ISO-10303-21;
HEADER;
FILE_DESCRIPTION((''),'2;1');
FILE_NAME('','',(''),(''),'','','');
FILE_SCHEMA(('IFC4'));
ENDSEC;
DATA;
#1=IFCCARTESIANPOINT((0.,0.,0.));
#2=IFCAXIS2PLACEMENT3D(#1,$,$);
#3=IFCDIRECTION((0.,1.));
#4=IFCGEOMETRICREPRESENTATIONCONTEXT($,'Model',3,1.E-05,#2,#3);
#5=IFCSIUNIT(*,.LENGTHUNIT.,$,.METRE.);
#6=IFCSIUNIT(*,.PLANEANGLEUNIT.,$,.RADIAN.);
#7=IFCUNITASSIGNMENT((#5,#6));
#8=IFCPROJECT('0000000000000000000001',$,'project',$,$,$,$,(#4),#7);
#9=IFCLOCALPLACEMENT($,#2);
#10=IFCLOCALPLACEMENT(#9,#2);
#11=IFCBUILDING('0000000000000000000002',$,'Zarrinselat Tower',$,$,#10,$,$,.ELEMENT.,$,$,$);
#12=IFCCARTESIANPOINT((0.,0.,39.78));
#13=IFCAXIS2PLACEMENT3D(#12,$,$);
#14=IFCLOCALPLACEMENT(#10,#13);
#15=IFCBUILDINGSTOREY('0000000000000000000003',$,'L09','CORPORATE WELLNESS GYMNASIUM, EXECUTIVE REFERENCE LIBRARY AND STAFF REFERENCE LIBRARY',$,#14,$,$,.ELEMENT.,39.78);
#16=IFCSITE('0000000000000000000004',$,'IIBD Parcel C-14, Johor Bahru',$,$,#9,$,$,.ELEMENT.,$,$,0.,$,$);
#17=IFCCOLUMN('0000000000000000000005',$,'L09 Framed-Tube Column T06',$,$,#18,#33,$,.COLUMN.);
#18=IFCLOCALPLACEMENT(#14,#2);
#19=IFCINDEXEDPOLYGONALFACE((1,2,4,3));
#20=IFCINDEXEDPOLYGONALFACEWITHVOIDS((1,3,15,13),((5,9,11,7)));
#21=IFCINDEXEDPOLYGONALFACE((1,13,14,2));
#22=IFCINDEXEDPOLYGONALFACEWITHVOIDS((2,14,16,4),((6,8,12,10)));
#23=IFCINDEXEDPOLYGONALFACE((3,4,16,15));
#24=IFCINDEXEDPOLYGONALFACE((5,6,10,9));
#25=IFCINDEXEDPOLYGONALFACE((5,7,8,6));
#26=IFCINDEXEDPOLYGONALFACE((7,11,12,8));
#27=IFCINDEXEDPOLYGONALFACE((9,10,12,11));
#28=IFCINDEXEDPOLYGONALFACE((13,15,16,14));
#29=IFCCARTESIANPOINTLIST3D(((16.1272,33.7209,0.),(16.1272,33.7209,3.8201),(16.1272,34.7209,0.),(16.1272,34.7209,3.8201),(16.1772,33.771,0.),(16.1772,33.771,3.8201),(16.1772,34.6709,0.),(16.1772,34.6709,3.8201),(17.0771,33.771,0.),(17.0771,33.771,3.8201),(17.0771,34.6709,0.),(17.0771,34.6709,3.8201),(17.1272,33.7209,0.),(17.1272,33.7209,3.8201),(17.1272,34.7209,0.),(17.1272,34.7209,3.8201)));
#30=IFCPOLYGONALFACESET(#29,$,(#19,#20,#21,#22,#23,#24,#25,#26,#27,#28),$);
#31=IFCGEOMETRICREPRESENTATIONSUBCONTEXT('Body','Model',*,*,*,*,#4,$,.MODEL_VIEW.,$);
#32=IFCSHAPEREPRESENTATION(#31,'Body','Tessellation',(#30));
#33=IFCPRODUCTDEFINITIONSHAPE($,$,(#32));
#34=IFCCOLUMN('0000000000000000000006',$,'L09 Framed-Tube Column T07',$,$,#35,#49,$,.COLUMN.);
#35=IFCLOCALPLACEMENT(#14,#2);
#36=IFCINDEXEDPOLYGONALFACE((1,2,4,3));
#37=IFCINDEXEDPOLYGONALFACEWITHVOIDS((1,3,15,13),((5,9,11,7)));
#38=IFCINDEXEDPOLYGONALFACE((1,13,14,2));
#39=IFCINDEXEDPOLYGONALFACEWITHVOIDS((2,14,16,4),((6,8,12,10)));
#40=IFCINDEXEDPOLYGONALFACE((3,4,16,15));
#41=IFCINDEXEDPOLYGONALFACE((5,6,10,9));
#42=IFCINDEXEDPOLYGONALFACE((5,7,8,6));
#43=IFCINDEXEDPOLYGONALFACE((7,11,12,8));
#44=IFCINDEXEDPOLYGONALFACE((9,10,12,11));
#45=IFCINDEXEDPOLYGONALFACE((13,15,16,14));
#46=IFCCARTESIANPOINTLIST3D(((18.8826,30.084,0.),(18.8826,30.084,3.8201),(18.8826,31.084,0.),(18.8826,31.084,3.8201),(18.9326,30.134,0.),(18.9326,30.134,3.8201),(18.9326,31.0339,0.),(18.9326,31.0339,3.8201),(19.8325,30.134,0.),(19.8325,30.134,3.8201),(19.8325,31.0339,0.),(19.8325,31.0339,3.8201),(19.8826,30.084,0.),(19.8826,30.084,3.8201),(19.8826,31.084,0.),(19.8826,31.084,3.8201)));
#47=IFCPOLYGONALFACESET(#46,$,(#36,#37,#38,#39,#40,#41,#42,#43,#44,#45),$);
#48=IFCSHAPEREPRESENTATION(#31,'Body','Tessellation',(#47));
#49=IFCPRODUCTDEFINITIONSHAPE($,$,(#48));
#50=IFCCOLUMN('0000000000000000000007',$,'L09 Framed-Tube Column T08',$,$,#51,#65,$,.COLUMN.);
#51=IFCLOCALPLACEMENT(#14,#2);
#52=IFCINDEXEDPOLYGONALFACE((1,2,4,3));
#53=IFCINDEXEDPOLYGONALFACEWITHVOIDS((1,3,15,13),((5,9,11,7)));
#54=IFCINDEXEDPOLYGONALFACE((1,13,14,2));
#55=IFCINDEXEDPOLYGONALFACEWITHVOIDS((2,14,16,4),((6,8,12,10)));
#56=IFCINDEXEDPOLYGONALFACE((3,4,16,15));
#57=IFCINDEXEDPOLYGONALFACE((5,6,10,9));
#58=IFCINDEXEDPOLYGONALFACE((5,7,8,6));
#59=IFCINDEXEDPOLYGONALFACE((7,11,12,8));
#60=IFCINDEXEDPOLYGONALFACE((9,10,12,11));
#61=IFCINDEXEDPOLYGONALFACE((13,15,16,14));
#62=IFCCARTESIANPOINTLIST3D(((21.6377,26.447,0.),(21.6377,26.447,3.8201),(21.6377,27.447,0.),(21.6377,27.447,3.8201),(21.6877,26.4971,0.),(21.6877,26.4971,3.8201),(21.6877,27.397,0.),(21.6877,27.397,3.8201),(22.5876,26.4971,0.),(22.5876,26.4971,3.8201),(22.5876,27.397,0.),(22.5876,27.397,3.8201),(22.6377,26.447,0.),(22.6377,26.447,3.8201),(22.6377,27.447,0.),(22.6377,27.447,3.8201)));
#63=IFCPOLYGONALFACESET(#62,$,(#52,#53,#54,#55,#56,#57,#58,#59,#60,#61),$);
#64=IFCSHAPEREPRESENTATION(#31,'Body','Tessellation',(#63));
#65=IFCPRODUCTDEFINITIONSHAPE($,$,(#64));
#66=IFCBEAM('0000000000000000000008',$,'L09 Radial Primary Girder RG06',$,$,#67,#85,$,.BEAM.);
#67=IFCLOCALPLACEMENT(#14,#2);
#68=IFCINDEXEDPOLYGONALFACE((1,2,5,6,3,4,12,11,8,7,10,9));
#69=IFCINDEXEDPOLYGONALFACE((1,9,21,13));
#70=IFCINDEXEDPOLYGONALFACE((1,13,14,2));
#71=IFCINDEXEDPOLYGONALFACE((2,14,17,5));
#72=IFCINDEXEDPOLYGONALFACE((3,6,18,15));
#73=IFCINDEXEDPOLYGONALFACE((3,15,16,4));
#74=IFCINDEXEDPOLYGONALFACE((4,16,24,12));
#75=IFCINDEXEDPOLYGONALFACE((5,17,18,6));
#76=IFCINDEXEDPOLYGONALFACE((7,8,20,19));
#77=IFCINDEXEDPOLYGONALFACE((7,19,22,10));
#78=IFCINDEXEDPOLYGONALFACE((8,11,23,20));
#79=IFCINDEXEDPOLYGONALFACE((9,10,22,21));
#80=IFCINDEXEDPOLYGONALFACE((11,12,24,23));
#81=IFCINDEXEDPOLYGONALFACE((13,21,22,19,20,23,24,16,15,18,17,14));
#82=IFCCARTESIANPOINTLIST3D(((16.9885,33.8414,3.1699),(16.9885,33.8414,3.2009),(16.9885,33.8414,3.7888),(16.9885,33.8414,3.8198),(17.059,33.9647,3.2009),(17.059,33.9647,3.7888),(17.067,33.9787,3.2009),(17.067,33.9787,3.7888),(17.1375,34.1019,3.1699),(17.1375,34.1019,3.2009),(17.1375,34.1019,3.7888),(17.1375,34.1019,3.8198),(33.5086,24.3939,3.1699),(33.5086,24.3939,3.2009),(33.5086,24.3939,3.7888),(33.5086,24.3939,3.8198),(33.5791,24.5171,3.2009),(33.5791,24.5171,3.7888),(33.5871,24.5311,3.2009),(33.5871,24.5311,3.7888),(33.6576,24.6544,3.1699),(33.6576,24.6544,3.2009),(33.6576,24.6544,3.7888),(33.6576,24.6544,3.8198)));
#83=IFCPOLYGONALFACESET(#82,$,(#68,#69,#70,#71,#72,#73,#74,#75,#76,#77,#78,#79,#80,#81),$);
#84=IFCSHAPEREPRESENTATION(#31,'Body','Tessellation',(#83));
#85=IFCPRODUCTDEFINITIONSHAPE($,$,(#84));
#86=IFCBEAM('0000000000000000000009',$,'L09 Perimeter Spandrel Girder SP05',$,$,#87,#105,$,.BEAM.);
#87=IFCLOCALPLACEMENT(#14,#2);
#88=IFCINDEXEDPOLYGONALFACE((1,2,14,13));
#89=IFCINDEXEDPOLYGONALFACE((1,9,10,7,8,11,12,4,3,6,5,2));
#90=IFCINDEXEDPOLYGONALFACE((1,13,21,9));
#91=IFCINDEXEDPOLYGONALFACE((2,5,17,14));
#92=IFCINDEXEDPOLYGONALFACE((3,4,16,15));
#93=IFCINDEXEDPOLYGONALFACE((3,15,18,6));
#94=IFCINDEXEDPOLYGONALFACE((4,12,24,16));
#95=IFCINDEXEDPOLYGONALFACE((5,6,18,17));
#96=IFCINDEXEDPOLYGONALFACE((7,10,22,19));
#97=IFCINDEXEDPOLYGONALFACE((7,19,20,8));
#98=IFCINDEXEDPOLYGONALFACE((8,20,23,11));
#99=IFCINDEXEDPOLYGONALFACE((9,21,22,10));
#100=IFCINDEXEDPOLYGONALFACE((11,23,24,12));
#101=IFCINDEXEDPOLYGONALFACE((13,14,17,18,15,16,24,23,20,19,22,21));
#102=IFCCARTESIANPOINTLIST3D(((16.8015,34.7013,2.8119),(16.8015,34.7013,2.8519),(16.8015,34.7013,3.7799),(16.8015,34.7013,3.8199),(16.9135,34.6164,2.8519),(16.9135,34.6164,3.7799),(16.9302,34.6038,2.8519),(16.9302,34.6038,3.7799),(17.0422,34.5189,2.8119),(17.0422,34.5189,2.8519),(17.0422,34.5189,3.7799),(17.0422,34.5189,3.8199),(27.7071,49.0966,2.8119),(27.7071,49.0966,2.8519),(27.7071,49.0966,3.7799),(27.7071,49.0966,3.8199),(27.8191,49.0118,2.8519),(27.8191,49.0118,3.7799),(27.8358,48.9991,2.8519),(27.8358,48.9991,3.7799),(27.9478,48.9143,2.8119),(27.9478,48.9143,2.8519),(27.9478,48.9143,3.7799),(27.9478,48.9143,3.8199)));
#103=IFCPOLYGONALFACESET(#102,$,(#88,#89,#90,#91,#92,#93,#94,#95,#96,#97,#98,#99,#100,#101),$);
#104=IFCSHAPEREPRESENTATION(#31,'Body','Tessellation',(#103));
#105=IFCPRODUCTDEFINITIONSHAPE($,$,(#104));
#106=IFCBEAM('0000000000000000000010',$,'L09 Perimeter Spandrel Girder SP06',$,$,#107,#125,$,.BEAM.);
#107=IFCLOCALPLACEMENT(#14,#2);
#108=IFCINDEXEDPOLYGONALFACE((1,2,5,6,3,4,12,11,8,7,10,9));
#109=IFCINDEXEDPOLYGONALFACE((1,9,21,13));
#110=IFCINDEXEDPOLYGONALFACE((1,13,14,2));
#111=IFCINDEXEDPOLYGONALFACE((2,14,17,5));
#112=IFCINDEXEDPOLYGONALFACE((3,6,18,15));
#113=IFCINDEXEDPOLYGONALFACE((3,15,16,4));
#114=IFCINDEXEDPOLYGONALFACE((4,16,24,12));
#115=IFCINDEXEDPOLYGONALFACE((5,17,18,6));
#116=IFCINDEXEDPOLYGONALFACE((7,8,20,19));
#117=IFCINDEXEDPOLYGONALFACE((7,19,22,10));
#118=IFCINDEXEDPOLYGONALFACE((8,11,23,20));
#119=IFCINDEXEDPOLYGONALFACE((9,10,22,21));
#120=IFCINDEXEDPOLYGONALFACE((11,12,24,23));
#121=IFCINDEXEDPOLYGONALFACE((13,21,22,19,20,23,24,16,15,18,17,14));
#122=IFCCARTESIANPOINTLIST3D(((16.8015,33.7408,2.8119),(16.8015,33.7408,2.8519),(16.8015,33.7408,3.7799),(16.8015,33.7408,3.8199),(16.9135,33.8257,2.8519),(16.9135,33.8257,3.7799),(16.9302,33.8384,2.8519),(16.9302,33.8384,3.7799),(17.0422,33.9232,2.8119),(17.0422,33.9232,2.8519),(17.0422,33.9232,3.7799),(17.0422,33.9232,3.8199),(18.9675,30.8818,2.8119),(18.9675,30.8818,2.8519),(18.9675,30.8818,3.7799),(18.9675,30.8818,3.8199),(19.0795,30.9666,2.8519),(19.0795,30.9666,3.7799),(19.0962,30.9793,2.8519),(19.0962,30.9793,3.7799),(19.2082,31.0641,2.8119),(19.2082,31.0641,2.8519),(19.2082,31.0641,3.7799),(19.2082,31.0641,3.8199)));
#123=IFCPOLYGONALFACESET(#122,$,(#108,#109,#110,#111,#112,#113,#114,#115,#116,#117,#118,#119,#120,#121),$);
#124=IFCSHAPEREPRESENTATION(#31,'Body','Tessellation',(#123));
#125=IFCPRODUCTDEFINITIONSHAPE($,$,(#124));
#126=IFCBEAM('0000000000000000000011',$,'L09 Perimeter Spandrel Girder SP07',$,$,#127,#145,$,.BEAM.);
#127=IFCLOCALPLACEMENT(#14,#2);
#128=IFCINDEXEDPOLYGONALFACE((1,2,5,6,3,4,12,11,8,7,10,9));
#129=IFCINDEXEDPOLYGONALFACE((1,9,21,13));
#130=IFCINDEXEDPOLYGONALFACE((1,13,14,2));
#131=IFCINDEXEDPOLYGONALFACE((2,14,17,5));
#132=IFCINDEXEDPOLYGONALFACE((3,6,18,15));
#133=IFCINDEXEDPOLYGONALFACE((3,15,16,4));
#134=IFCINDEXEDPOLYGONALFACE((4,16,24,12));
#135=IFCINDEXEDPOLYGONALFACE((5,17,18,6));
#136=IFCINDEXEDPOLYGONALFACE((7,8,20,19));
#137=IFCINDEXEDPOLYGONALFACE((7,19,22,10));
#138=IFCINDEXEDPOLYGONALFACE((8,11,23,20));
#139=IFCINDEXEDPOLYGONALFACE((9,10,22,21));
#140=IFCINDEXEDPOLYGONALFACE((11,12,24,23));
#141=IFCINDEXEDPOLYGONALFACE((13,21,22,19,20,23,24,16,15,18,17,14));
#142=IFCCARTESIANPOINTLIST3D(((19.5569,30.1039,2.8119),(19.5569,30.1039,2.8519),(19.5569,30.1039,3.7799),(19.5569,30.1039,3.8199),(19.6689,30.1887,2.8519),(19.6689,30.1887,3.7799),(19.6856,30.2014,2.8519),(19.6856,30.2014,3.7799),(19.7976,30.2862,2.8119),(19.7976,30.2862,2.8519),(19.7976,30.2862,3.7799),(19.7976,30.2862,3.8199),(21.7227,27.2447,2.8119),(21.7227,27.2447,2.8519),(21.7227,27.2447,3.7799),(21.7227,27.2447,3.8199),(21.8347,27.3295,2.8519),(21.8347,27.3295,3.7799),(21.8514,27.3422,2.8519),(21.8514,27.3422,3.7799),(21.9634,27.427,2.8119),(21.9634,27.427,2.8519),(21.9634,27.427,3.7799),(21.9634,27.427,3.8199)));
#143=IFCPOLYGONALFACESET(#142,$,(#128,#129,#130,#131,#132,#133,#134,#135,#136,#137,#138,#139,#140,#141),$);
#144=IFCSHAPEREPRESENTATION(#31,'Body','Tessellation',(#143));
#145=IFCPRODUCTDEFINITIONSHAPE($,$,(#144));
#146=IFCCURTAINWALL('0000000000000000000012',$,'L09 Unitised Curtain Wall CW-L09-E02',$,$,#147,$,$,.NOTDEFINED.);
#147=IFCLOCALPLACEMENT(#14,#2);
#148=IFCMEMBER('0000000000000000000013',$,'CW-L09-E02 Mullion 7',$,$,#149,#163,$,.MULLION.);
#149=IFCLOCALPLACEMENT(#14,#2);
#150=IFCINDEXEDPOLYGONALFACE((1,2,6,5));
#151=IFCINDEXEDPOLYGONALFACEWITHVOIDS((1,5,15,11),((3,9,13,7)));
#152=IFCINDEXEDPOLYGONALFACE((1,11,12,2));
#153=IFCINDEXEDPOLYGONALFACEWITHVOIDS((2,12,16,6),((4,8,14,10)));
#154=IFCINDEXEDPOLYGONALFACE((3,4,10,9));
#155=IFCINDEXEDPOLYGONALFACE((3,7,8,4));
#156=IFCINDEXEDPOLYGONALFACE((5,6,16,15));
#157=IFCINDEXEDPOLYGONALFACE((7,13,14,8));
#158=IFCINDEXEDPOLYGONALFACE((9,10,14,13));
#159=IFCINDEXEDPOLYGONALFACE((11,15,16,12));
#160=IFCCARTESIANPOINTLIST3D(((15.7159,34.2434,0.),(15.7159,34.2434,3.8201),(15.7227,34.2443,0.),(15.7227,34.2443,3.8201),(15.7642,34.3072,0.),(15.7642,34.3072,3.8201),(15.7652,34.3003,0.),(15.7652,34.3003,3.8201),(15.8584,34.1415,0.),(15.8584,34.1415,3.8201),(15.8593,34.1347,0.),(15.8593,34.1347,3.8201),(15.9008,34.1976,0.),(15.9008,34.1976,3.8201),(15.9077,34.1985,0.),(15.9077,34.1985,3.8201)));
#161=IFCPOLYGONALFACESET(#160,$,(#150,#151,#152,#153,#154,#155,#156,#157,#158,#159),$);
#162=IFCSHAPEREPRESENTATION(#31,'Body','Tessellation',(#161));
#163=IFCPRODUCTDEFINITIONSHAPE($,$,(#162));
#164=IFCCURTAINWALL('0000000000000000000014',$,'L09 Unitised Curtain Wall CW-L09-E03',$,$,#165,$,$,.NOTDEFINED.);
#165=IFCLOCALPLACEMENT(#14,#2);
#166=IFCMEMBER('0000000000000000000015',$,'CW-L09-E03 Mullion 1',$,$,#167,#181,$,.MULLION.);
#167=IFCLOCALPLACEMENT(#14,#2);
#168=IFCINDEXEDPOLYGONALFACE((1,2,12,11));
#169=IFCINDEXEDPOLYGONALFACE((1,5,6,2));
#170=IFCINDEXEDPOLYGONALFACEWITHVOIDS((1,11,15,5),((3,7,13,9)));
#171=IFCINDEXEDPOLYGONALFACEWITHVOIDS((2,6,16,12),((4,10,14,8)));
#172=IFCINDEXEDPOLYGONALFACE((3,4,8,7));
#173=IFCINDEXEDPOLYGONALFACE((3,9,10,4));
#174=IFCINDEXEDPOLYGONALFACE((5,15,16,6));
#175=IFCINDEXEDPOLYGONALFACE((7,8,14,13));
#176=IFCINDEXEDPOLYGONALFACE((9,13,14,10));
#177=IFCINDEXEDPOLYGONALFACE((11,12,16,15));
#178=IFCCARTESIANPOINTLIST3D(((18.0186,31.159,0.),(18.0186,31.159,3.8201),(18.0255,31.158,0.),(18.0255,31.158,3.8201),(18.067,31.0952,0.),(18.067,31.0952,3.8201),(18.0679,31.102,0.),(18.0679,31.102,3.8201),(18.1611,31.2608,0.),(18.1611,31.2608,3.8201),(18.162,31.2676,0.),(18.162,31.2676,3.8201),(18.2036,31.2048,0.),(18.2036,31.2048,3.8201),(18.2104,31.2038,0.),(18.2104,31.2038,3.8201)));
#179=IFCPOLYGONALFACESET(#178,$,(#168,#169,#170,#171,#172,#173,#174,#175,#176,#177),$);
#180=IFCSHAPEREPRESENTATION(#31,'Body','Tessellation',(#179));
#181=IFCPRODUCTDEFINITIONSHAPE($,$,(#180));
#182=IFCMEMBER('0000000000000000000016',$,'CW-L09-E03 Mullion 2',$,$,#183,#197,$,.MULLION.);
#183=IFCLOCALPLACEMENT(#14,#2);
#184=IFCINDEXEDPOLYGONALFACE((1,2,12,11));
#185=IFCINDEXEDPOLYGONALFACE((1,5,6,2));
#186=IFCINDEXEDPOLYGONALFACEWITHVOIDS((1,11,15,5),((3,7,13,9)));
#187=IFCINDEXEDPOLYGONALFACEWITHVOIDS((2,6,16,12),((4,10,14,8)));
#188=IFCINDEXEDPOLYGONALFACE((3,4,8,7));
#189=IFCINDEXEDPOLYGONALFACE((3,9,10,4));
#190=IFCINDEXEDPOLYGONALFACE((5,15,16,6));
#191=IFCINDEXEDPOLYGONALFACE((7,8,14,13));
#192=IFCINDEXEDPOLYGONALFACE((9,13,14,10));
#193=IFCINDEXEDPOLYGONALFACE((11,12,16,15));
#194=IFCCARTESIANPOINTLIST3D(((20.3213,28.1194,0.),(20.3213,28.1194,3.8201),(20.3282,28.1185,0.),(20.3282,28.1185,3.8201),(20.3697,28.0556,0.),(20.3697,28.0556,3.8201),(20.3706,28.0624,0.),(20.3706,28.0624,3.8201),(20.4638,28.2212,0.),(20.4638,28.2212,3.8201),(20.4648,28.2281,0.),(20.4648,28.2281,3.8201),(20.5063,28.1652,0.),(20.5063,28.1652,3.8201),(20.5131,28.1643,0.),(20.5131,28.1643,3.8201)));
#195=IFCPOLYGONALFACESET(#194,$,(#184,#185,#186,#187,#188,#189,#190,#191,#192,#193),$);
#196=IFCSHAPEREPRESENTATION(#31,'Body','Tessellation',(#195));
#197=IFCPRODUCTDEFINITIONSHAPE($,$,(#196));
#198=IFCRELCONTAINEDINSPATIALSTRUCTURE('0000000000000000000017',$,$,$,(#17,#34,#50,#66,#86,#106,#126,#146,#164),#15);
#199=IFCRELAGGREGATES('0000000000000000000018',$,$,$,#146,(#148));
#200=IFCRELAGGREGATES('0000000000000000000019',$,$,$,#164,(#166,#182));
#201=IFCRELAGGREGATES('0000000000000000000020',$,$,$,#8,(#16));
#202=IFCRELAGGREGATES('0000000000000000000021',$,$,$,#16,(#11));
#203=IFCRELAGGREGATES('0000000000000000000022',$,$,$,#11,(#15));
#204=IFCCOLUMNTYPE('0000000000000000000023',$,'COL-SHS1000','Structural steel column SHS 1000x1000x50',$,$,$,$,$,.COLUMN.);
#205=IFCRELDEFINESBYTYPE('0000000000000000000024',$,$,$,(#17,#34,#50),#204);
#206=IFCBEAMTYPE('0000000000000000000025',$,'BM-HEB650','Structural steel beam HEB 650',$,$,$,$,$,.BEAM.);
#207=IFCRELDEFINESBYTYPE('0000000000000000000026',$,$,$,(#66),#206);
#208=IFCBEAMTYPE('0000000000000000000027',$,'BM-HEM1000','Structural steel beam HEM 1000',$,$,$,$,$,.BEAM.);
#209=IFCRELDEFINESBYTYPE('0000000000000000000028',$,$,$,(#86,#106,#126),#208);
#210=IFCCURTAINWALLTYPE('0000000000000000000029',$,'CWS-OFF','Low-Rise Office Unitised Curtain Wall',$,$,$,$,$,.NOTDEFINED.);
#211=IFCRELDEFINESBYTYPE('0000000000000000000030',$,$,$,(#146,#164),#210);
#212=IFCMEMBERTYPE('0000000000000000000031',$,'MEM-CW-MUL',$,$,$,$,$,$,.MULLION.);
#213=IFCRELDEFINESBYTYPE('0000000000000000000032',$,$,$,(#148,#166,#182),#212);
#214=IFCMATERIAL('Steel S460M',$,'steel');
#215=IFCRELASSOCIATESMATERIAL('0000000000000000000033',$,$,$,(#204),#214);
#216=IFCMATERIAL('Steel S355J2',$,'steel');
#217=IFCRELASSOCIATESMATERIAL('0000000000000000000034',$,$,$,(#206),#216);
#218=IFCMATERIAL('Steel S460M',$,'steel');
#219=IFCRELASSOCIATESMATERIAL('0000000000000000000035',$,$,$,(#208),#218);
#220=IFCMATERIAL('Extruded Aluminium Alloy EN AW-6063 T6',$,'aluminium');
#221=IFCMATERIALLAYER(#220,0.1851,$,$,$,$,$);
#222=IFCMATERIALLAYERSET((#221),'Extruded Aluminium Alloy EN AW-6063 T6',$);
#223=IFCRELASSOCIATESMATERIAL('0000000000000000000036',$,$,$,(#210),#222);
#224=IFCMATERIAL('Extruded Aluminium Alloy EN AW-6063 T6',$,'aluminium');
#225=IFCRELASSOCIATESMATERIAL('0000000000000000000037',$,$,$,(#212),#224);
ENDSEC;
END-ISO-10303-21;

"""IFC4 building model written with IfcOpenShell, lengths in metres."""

from ifc_helpers import new_model, si_unit, direction, frame, origin, origin_2d, place, context, subcontext, project, spatial, hollow_rectangle, i_section, extrude, material, layer, layer_set, material_profile, profile_set, type_object, element, aggregate, save


model = new_model("IFC4")

# Units and contexts
model_context = context("Model", 3, precision=1e-05, world=origin(), true_north=direction((0.0, 1.0)))
body_context = subcontext(model_context, "Body", "Model", "MODEL_VIEW")
ifc_project = project(units=[si_unit("LENGTHUNIT", "METRE"), si_unit("PLANEANGLEUNIT", "RADIAN")], contexts=[model_context])

# Site, building, storey
site_placement = place(None, origin())
site = spatial("IfcSite", under=ifc_project, at=site_placement, Name="IIBD Parcel C-14, Johor Bahru", CompositionType="ELEMENT", RefElevation=0.0)
building_placement = place(site_placement, origin())
building = spatial("IfcBuilding", under=site, at=building_placement, Name="Zarrinselat Tower", CompositionType="ELEMENT")
storey_placement = place(building_placement, frame((0.0, 0.0, 39.78)))
storey = spatial("IfcBuildingStorey", under=building, at=storey_placement, Name="L09", Description="CORPORATE WELLNESS GYMNASIUM, EXECUTIVE REFERENCE LIBRARY AND STAFF REFERENCE LIBRARY", CompositionType="ELEMENT", Elevation=39.78)

# Columns
ifc_material_1 = material(Name="Steel S460M", Category="steel")
ifc_material_profile_1 = material_profile(ifc_material_1, hollow_rectangle(XDim=1.0, YDim=1.0, WallThickness=0.05, at=origin_2d()), Name="SHS 1000x1000x50")
ifc_profile_set_1 = profile_set([ifc_material_profile_1], Name="Steel S460M")
column_type = type_object("IfcColumnType", Name="COL-SHS1000", Description="Structural steel column SHS 1000x1000x50", PredefinedType="COLUMN", material=ifc_profile_set_1)
for number, where, z_axis, x_axis, name in (
    (1, (16.6272, 34.2209, 0.0), (0.0, 0.0, 1.0), (1.0, 0.0, 0.0), "L09 Framed-Tube Column T06"),
    (2, (19.3826, 30.584, 0.0), (0.0, 0.0, 1.0), (1.0, 0.0, 0.0), "L09 Framed-Tube Column T07"),
    (3, (22.1377, 26.947, 0.0), (0.0, 0.0, 1.0), (1.0, 0.0, 0.0), "L09 Framed-Tube Column T08"),
):
    element("IfcColumn", number, at=place(storey_placement, frame(where, z_axis=z_axis, x_axis=x_axis)), inside=storey, type_object=column_type, Name=name, PredefinedType="COLUMN", context=body_context, shape_type="SweptSolid", body=[
        extrude(hollow_rectangle(XDim=1.0, YDim=1.0, WallThickness=0.05, at=origin_2d()), origin(), (0.0, 0.0, 1.0), 3.8201),
    ])

# Beams
ifc_material_2 = material(Name="Steel S355J2", Category="steel")
ifc_material_profile_2 = material_profile(ifc_material_2, i_section(OverallWidth=0.3, OverallDepth=0.6499, WebThickness=0.0161, FlangeThickness=0.031, at=origin_2d()), Name="HEB 650")
ifc_profile_set_2 = profile_set([ifc_material_profile_2], Name="Steel S355J2")
beam_type_1 = type_object("IfcBeamType", Name="BM-HEB650", Description="Structural steel beam HEB 650", PredefinedType="BEAM", material=ifc_profile_set_2)
beam_1_placement = place(storey_placement, frame((17.063, 33.9717, 3.4949), z_axis=(0.868073, -0.496436, 0.0), x_axis=(0.496436, 0.868073, 0.0)))
element("IfcBeam", 4, at=beam_1_placement, inside=storey, type_object=beam_type_1, Name="L09 Radial Primary Girder RG06", PredefinedType="BEAM", context=body_context, shape_type="SweptSolid", body=[
    extrude(i_section(OverallWidth=0.3, OverallDepth=0.6499, WebThickness=0.0161, FlangeThickness=0.031, at=origin_2d()), origin(), (0.0, 0.0, 1.0), 19.0308),
])
ifc_material_3 = material(Name="Steel S460M", Category="steel")
ifc_material_profile_3 = material_profile(ifc_material_3, i_section(OverallWidth=0.302, OverallDepth=1.0081, WebThickness=0.021, FlangeThickness=0.04, at=origin_2d()), Name="HEM 1000")
ifc_profile_set_3 = profile_set([ifc_material_profile_3], Name="Steel S460M")
beam_type_2 = type_object("IfcBeamType", Name="BM-HEM1000", Description="Structural steel beam HEM 1000", PredefinedType="BEAM", material=ifc_profile_set_3)
beam_2_placement = place(storey_placement, frame((16.9219, 34.6101, 3.3159), z_axis=(0.603858, 0.797092, 0.0), x_axis=(-0.797092, 0.603858, 0.0)))
element("IfcBeam", 5, at=beam_2_placement, inside=storey, type_object=beam_type_2, Name="L09 Perimeter Spandrel Girder SP05", PredefinedType="BEAM", context=body_context, shape_type="SweptSolid", body=[
    extrude(i_section(OverallWidth=0.302, OverallDepth=1.0081, WebThickness=0.021, FlangeThickness=0.04, at=origin_2d()), origin(), (0.0, 0.0, 1.0), 18.0598),
])
for number, where, z_axis, x_axis, name in (
    (6, (16.9219, 33.832, 3.3159), (0.603859, -0.797091, 0.0), (0.797091, 0.603859, 0.0), "L09 Perimeter Spandrel Girder SP06"),
    (7, (19.6772, 30.1951, 3.3159), (0.603816, -0.797124, 0.0), (0.797124, 0.603816, 0.0), "L09 Perimeter Spandrel Girder SP07"),
):
    element("IfcBeam", number, at=place(storey_placement, frame(where, z_axis=z_axis, x_axis=x_axis)), inside=storey, type_object=beam_type_2, Name=name, PredefinedType="BEAM", context=body_context, shape_type="SweptSolid", body=[
        extrude(i_section(OverallWidth=0.302, OverallDepth=1.0081, WebThickness=0.021, FlangeThickness=0.04, at=origin_2d()), origin(), (0.0, 0.0, 1.0), 3.5869),
    ])

# Curtain wall, member
ifc_material_4 = material(Name="Extruded Aluminium Alloy EN AW-6063 T6", Category="aluminium")
ifc_layer_1 = layer(ifc_material_4, 0.1851)
ifc_layer_set_1 = layer_set([ifc_layer_1], Name="Extruded Aluminium Alloy EN AW-6063 T6")
curtain_wall_type = type_object("IfcCurtainWallType", Name="CWS-OFF", Description="Low-Rise Office Unitised Curtain Wall", PredefinedType="NOTDEFINED", material=ifc_layer_set_1)
curtain_wall_1_placement = place(storey_placement, origin())
curtain_wall_1 = element("IfcCurtainWall", 8, at=curtain_wall_1_placement, inside=storey, type_object=curtain_wall_type, Name="L09 Unitised Curtain Wall CW-L09-E02", PredefinedType="NOTDEFINED")
ifc_material_5 = material(Name="Extruded Aluminium Alloy EN AW-6063 T6", Category="aluminium")
ifc_material_profile_4 = material_profile(ifc_material_5, hollow_rectangle(XDim=0.0801, YDim=0.1799, WallThickness=0.0049, at=origin_2d()), Name="RHS 180x80x5")
ifc_profile_set_4 = profile_set([ifc_material_profile_4], Name="Extruded Aluminium Alloy EN AW-6063 T6")
member_type_1 = type_object("IfcMemberType", Name="MEM-CW-MUL", PredefinedType="MULLION", material=ifc_profile_set_4)
member_1_placement = place(storey_placement, frame((15.8118, 34.2209, 0.0), z_axis=(0.0, 0.0, 1.0), x_axis=(-0.603857, -0.797093, 0.0)))
member_1 = element("IfcMember", 9, at=member_1_placement, type_object=member_type_1, Name="CW-L09-E02 Mullion 7", PredefinedType="MULLION", context=body_context, shape_type="SweptSolid", body=[
    extrude(hollow_rectangle(XDim=0.0801, YDim=0.1799, WallThickness=0.0049, at=origin_2d()), origin(), (0.0, 0.0, 1.0), 3.8201),
])

# Curtain wall, members
curtain_wall_2_placement = place(storey_placement, origin())
curtain_wall_2 = element("IfcCurtainWall", 10, at=curtain_wall_2_placement, inside=storey, type_object=curtain_wall_type, Name="L09 Unitised Curtain Wall CW-L09-E03", PredefinedType="NOTDEFINED")
member_2_placement = place(storey_placement, frame((18.1145, 31.1814, 0.0), z_axis=(0.0, 0.0, 1.0), x_axis=(0.603857, -0.797092, 0.0)))
member_2 = element("IfcMember", 11, at=member_2_placement, type_object=member_type_1, Name="CW-L09-E03 Mullion 1", PredefinedType="MULLION", context=body_context, shape_type="SweptSolid", body=[
    extrude(hollow_rectangle(XDim=0.0801, YDim=0.1799, WallThickness=0.0049, at=origin_2d()), origin(), (0.0, 0.0, 1.0), 3.8201),
])
member_3_placement = place(storey_placement, frame((20.4172, 28.1418, 0.0), z_axis=(0.0, 0.0, 1.0), x_axis=(0.603857, -0.797092, 0.0)))
member_3 = element("IfcMember", 12, at=member_3_placement, type_object=member_type_1, Name="CW-L09-E03 Mullion 2", PredefinedType="MULLION", context=body_context, shape_type="SweptSolid", body=[
    extrude(hollow_rectangle(XDim=0.0801, YDim=0.1799, WallThickness=0.0049, at=origin_2d()), origin(), (0.0, 0.0, 1.0), 3.8201),
])

aggregate(curtain_wall_1, [member_1])
aggregate(curtain_wall_2, [member_2, member_3])

save(model, "model.ifc")
